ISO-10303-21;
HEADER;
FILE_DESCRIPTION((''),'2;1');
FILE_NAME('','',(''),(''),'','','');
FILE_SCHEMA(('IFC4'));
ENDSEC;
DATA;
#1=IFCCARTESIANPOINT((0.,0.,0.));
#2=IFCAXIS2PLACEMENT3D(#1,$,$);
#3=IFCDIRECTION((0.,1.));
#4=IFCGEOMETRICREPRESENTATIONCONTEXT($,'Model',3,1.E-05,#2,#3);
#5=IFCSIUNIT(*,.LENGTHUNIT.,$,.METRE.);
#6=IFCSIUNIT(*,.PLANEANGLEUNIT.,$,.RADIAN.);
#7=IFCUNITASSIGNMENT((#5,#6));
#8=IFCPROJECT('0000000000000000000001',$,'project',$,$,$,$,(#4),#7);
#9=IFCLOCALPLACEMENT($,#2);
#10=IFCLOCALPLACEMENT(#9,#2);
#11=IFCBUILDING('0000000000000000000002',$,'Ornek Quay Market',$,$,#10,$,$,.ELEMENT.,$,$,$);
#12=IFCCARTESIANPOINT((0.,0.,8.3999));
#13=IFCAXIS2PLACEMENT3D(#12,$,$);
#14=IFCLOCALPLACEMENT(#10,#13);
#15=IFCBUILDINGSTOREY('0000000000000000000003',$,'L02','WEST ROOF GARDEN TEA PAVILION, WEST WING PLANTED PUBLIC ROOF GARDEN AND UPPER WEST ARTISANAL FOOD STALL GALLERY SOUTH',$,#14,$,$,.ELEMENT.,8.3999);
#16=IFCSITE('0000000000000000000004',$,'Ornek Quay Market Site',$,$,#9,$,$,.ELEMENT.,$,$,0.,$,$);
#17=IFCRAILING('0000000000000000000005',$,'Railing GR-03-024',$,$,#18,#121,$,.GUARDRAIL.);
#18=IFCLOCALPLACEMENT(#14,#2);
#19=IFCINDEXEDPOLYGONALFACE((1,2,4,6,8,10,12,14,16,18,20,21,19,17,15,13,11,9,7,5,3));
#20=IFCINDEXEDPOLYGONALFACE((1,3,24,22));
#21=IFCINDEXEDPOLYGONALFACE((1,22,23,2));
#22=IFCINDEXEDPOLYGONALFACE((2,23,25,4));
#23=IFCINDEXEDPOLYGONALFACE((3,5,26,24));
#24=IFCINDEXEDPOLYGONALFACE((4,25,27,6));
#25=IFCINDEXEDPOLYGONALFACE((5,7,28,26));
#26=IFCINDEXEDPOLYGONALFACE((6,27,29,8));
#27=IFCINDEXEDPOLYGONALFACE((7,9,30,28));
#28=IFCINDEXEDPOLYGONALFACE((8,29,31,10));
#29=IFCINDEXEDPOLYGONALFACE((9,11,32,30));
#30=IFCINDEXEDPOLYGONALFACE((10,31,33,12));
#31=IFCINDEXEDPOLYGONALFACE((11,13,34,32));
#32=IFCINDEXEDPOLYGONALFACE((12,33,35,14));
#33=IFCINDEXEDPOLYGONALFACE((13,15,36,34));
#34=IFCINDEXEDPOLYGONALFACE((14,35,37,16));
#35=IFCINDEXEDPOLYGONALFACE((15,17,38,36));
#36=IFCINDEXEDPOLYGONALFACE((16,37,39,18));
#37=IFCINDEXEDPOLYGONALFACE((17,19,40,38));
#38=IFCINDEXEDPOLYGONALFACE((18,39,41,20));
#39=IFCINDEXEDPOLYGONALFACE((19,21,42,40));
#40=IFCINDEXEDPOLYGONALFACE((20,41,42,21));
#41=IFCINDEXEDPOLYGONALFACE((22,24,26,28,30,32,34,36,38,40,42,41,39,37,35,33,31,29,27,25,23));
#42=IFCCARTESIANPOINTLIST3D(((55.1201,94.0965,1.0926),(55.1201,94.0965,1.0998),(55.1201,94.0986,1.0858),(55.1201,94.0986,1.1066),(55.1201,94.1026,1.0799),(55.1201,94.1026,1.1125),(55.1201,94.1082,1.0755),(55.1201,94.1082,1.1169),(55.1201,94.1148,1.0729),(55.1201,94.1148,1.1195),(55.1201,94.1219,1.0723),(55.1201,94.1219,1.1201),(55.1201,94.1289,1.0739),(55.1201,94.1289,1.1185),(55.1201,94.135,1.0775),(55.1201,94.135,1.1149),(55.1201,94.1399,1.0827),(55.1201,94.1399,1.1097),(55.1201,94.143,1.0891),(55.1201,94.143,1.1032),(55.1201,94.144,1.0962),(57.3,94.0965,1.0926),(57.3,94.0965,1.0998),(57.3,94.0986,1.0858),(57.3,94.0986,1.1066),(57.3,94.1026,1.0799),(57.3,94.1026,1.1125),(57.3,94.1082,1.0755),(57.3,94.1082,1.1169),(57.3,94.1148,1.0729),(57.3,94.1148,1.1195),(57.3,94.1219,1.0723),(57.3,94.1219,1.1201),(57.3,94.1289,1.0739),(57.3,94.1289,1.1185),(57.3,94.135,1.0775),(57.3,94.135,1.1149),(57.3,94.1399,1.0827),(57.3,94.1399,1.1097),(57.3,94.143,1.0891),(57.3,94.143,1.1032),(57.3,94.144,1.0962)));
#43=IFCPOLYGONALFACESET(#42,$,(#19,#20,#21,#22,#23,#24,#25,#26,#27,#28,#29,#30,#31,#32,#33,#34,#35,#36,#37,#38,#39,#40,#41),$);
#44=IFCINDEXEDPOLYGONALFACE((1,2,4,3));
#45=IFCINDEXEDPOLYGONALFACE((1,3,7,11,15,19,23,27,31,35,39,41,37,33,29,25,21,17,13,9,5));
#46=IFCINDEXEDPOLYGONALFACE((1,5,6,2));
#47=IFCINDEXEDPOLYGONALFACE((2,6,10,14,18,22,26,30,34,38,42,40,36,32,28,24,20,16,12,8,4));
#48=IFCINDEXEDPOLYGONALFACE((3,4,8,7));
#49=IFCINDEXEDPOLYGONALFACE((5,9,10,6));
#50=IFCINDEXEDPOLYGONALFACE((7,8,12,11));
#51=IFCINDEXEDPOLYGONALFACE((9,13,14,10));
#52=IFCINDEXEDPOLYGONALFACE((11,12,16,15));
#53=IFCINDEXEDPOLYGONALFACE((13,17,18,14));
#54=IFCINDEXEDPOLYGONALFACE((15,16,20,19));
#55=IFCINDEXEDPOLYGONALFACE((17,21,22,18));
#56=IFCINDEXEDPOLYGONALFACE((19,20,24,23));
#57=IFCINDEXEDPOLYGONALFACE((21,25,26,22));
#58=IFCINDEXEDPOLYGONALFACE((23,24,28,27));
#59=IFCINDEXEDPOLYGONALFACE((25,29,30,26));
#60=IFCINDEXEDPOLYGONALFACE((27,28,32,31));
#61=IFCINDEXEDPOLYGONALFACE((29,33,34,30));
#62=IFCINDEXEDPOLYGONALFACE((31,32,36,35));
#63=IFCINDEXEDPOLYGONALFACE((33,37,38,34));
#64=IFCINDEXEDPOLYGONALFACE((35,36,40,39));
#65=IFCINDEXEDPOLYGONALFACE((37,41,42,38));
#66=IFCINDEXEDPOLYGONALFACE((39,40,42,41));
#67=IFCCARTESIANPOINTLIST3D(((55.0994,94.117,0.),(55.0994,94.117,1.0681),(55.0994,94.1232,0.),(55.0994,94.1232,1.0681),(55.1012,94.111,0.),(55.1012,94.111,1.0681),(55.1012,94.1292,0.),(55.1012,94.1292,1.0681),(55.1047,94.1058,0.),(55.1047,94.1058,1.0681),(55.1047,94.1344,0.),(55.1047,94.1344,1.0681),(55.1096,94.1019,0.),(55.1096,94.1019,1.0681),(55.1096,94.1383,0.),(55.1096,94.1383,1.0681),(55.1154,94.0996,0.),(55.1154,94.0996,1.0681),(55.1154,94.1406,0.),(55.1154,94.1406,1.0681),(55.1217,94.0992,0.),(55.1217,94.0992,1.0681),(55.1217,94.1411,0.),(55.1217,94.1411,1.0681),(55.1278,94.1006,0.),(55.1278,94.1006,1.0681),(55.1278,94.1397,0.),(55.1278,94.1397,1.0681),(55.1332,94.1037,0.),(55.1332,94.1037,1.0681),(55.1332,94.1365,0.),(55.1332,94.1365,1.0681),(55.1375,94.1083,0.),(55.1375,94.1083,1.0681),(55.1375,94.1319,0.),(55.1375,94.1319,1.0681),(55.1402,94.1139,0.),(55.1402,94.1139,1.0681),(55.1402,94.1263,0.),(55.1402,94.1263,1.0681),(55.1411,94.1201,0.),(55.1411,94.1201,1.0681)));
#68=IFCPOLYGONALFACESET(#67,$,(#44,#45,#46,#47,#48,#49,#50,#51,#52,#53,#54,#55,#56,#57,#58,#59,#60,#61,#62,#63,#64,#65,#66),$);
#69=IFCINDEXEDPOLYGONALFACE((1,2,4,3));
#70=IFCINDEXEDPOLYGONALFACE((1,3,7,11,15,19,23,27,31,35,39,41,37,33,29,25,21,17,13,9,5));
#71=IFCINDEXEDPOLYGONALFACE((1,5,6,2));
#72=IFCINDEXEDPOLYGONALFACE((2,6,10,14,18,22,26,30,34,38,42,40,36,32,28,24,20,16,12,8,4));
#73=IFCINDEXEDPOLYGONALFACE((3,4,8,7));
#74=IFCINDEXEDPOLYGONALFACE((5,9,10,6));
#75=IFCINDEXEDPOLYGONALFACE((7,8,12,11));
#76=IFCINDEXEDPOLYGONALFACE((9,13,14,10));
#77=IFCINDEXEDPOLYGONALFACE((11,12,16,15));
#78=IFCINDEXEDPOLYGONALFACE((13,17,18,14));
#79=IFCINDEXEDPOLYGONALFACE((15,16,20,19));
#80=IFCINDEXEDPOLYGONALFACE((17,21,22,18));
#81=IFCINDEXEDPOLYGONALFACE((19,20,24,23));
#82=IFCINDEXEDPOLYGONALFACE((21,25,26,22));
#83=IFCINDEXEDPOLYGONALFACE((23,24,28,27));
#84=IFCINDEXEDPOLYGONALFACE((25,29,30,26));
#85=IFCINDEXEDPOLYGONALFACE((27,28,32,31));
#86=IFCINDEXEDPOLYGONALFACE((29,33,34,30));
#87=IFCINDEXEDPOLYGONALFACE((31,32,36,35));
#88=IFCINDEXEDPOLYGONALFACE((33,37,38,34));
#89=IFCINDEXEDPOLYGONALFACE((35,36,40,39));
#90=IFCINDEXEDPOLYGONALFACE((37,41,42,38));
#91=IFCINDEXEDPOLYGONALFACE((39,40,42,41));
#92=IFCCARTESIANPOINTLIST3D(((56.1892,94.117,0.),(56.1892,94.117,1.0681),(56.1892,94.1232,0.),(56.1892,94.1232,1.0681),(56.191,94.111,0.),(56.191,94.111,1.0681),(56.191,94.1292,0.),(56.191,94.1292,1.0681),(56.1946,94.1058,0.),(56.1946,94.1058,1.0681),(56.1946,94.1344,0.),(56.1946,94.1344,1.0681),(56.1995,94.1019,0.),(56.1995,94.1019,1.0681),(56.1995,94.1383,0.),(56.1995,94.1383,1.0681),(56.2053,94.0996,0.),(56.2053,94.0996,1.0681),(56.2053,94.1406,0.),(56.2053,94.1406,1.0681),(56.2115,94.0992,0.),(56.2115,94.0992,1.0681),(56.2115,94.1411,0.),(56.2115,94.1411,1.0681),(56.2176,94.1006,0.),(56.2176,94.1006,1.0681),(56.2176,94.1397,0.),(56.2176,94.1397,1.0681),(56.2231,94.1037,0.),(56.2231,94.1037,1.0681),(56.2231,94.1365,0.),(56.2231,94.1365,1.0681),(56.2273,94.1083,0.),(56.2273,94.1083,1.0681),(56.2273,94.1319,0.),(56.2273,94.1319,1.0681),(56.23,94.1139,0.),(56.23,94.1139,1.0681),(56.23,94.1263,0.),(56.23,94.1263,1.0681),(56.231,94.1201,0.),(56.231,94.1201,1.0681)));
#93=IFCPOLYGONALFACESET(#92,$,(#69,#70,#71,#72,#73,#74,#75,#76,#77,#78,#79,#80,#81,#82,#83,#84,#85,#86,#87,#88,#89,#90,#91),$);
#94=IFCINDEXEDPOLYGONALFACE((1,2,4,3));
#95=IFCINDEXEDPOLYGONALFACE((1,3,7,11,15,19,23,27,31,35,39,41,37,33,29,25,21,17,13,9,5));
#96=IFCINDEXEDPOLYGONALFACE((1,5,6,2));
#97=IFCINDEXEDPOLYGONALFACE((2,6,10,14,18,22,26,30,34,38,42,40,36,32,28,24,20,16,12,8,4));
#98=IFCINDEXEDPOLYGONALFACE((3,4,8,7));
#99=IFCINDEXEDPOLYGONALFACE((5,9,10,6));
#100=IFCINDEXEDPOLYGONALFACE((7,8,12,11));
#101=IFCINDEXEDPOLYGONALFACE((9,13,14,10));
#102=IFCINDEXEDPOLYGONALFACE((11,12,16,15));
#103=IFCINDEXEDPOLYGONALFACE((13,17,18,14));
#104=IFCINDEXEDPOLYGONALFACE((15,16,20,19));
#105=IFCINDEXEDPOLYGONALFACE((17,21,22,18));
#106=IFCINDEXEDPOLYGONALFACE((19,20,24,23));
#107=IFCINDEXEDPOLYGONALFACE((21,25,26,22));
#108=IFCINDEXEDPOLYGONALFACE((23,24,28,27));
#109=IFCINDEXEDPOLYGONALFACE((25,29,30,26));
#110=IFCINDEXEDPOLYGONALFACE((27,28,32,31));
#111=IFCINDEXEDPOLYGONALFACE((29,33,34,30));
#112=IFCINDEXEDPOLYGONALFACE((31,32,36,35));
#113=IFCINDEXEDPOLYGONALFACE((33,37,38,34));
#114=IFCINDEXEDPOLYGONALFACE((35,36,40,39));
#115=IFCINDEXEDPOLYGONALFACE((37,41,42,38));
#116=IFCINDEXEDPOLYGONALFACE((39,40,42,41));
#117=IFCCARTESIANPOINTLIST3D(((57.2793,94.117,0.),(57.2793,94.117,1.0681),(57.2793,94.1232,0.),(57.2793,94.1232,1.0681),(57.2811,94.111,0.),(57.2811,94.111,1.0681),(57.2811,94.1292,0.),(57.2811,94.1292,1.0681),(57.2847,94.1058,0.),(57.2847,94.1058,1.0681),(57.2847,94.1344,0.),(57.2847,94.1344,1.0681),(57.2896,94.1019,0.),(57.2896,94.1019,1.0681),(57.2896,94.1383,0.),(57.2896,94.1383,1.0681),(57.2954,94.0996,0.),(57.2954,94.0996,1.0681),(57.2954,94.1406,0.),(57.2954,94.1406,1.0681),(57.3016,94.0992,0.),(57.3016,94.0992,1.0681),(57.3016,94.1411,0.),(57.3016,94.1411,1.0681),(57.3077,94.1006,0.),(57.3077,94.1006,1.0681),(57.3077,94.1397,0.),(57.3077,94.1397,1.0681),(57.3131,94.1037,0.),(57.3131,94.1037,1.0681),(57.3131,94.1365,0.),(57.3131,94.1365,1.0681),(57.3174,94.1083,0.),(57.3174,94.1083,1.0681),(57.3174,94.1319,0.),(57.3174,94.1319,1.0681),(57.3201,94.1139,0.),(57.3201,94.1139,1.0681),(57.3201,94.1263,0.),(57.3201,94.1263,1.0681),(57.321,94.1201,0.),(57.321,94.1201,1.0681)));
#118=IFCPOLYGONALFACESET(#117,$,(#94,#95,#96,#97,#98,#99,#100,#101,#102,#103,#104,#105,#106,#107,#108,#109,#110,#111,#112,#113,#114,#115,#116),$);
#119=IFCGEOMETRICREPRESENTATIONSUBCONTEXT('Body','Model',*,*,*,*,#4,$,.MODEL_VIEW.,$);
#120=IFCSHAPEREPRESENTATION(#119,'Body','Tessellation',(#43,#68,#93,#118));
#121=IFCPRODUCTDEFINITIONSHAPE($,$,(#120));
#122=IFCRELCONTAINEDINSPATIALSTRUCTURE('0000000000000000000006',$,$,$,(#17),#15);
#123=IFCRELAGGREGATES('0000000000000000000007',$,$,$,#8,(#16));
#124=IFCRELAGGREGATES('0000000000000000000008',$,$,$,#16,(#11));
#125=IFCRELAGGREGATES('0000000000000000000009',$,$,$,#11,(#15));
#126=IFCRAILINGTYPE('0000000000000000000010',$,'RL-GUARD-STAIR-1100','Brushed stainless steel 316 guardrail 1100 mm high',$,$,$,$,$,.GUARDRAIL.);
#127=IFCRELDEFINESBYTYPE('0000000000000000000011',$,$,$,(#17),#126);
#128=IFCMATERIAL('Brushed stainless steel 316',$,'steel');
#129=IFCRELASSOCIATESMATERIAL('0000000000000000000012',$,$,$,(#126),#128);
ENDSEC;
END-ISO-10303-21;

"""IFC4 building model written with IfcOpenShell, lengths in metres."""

from ifc_helpers import new_model, si_unit, direction, frame, origin, origin_2d, place, context, subcontext, project, spatial, circle, extrude, material, type_object, element, save


model = new_model("IFC4")

# Units and contexts
model_context = context("Model", 3, precision=1e-05, world=origin(), true_north=direction((0.0, 1.0)))
body_context = subcontext(model_context, "Body", "Model", "MODEL_VIEW")
ifc_project = project(units=[si_unit("LENGTHUNIT", "METRE"), si_unit("PLANEANGLEUNIT", "RADIAN")], contexts=[model_context])

# Site, building, storey
site_placement = place(None, origin())
site = spatial("IfcSite", under=ifc_project, at=site_placement, Name="Ornek Quay Market Site", CompositionType="ELEMENT", RefElevation=0.0)
building_placement = place(site_placement, origin())
building = spatial("IfcBuilding", under=site, at=building_placement, Name="Ornek Quay Market", CompositionType="ELEMENT")
storey_placement = place(building_placement, frame((0.0, 0.0, 8.3999)))
storey = spatial("IfcBuildingStorey", under=building, at=storey_placement, Name="L02", Description="WEST ROOF GARDEN TEA PAVILION, WEST WING PLANTED PUBLIC ROOF GARDEN AND UPPER WEST ARTISANAL FOOD STALL GALLERY SOUTH", CompositionType="ELEMENT", Elevation=8.3999)

# Railing
ifc_material_1 = material(Name="Brushed stainless steel 316", Category="steel")
railing_type = type_object("IfcRailingType", Name="RL-GUARD-STAIR-1100", Description="Brushed stainless steel 316 guardrail 1100 mm high", PredefinedType="GUARDRAIL", material=ifc_material_1)
railing_placement = place(storey_placement, frame((55.1201, 94.1201, 0.0)))
element("IfcRailing", 1, at=railing_placement, inside=storey, type_object=railing_type, Name="Railing GR-03-024", PredefinedType="GUARDRAIL", context=body_context, shape_type="SweptSolid", body=[
    extrude(circle(Radius=0.0239, at=origin_2d()), frame((0.0, 0.0, 1.0962), z_axis=(1.0, 0.0, 0.0), x_axis=(0.0, 1.0, 0.0)), (0.0, 0.0, 1.0), 2.1799),
    extrude(circle(Radius=0.021, at=origin_2d()), origin(), (0.0, 0.0, 1.0), 1.0681),
    extrude(circle(Radius=0.021, at=origin_2d()), frame((1.0898, 0.0, 0.0)), (0.0, 0.0, 1.0), 1.0681),
    extrude(circle(Radius=0.021, at=origin_2d()), frame((2.1799, 0.0, 0.0)), (0.0, 0.0, 1.0), 1.0681),
])

save(model, "model.ifc")
